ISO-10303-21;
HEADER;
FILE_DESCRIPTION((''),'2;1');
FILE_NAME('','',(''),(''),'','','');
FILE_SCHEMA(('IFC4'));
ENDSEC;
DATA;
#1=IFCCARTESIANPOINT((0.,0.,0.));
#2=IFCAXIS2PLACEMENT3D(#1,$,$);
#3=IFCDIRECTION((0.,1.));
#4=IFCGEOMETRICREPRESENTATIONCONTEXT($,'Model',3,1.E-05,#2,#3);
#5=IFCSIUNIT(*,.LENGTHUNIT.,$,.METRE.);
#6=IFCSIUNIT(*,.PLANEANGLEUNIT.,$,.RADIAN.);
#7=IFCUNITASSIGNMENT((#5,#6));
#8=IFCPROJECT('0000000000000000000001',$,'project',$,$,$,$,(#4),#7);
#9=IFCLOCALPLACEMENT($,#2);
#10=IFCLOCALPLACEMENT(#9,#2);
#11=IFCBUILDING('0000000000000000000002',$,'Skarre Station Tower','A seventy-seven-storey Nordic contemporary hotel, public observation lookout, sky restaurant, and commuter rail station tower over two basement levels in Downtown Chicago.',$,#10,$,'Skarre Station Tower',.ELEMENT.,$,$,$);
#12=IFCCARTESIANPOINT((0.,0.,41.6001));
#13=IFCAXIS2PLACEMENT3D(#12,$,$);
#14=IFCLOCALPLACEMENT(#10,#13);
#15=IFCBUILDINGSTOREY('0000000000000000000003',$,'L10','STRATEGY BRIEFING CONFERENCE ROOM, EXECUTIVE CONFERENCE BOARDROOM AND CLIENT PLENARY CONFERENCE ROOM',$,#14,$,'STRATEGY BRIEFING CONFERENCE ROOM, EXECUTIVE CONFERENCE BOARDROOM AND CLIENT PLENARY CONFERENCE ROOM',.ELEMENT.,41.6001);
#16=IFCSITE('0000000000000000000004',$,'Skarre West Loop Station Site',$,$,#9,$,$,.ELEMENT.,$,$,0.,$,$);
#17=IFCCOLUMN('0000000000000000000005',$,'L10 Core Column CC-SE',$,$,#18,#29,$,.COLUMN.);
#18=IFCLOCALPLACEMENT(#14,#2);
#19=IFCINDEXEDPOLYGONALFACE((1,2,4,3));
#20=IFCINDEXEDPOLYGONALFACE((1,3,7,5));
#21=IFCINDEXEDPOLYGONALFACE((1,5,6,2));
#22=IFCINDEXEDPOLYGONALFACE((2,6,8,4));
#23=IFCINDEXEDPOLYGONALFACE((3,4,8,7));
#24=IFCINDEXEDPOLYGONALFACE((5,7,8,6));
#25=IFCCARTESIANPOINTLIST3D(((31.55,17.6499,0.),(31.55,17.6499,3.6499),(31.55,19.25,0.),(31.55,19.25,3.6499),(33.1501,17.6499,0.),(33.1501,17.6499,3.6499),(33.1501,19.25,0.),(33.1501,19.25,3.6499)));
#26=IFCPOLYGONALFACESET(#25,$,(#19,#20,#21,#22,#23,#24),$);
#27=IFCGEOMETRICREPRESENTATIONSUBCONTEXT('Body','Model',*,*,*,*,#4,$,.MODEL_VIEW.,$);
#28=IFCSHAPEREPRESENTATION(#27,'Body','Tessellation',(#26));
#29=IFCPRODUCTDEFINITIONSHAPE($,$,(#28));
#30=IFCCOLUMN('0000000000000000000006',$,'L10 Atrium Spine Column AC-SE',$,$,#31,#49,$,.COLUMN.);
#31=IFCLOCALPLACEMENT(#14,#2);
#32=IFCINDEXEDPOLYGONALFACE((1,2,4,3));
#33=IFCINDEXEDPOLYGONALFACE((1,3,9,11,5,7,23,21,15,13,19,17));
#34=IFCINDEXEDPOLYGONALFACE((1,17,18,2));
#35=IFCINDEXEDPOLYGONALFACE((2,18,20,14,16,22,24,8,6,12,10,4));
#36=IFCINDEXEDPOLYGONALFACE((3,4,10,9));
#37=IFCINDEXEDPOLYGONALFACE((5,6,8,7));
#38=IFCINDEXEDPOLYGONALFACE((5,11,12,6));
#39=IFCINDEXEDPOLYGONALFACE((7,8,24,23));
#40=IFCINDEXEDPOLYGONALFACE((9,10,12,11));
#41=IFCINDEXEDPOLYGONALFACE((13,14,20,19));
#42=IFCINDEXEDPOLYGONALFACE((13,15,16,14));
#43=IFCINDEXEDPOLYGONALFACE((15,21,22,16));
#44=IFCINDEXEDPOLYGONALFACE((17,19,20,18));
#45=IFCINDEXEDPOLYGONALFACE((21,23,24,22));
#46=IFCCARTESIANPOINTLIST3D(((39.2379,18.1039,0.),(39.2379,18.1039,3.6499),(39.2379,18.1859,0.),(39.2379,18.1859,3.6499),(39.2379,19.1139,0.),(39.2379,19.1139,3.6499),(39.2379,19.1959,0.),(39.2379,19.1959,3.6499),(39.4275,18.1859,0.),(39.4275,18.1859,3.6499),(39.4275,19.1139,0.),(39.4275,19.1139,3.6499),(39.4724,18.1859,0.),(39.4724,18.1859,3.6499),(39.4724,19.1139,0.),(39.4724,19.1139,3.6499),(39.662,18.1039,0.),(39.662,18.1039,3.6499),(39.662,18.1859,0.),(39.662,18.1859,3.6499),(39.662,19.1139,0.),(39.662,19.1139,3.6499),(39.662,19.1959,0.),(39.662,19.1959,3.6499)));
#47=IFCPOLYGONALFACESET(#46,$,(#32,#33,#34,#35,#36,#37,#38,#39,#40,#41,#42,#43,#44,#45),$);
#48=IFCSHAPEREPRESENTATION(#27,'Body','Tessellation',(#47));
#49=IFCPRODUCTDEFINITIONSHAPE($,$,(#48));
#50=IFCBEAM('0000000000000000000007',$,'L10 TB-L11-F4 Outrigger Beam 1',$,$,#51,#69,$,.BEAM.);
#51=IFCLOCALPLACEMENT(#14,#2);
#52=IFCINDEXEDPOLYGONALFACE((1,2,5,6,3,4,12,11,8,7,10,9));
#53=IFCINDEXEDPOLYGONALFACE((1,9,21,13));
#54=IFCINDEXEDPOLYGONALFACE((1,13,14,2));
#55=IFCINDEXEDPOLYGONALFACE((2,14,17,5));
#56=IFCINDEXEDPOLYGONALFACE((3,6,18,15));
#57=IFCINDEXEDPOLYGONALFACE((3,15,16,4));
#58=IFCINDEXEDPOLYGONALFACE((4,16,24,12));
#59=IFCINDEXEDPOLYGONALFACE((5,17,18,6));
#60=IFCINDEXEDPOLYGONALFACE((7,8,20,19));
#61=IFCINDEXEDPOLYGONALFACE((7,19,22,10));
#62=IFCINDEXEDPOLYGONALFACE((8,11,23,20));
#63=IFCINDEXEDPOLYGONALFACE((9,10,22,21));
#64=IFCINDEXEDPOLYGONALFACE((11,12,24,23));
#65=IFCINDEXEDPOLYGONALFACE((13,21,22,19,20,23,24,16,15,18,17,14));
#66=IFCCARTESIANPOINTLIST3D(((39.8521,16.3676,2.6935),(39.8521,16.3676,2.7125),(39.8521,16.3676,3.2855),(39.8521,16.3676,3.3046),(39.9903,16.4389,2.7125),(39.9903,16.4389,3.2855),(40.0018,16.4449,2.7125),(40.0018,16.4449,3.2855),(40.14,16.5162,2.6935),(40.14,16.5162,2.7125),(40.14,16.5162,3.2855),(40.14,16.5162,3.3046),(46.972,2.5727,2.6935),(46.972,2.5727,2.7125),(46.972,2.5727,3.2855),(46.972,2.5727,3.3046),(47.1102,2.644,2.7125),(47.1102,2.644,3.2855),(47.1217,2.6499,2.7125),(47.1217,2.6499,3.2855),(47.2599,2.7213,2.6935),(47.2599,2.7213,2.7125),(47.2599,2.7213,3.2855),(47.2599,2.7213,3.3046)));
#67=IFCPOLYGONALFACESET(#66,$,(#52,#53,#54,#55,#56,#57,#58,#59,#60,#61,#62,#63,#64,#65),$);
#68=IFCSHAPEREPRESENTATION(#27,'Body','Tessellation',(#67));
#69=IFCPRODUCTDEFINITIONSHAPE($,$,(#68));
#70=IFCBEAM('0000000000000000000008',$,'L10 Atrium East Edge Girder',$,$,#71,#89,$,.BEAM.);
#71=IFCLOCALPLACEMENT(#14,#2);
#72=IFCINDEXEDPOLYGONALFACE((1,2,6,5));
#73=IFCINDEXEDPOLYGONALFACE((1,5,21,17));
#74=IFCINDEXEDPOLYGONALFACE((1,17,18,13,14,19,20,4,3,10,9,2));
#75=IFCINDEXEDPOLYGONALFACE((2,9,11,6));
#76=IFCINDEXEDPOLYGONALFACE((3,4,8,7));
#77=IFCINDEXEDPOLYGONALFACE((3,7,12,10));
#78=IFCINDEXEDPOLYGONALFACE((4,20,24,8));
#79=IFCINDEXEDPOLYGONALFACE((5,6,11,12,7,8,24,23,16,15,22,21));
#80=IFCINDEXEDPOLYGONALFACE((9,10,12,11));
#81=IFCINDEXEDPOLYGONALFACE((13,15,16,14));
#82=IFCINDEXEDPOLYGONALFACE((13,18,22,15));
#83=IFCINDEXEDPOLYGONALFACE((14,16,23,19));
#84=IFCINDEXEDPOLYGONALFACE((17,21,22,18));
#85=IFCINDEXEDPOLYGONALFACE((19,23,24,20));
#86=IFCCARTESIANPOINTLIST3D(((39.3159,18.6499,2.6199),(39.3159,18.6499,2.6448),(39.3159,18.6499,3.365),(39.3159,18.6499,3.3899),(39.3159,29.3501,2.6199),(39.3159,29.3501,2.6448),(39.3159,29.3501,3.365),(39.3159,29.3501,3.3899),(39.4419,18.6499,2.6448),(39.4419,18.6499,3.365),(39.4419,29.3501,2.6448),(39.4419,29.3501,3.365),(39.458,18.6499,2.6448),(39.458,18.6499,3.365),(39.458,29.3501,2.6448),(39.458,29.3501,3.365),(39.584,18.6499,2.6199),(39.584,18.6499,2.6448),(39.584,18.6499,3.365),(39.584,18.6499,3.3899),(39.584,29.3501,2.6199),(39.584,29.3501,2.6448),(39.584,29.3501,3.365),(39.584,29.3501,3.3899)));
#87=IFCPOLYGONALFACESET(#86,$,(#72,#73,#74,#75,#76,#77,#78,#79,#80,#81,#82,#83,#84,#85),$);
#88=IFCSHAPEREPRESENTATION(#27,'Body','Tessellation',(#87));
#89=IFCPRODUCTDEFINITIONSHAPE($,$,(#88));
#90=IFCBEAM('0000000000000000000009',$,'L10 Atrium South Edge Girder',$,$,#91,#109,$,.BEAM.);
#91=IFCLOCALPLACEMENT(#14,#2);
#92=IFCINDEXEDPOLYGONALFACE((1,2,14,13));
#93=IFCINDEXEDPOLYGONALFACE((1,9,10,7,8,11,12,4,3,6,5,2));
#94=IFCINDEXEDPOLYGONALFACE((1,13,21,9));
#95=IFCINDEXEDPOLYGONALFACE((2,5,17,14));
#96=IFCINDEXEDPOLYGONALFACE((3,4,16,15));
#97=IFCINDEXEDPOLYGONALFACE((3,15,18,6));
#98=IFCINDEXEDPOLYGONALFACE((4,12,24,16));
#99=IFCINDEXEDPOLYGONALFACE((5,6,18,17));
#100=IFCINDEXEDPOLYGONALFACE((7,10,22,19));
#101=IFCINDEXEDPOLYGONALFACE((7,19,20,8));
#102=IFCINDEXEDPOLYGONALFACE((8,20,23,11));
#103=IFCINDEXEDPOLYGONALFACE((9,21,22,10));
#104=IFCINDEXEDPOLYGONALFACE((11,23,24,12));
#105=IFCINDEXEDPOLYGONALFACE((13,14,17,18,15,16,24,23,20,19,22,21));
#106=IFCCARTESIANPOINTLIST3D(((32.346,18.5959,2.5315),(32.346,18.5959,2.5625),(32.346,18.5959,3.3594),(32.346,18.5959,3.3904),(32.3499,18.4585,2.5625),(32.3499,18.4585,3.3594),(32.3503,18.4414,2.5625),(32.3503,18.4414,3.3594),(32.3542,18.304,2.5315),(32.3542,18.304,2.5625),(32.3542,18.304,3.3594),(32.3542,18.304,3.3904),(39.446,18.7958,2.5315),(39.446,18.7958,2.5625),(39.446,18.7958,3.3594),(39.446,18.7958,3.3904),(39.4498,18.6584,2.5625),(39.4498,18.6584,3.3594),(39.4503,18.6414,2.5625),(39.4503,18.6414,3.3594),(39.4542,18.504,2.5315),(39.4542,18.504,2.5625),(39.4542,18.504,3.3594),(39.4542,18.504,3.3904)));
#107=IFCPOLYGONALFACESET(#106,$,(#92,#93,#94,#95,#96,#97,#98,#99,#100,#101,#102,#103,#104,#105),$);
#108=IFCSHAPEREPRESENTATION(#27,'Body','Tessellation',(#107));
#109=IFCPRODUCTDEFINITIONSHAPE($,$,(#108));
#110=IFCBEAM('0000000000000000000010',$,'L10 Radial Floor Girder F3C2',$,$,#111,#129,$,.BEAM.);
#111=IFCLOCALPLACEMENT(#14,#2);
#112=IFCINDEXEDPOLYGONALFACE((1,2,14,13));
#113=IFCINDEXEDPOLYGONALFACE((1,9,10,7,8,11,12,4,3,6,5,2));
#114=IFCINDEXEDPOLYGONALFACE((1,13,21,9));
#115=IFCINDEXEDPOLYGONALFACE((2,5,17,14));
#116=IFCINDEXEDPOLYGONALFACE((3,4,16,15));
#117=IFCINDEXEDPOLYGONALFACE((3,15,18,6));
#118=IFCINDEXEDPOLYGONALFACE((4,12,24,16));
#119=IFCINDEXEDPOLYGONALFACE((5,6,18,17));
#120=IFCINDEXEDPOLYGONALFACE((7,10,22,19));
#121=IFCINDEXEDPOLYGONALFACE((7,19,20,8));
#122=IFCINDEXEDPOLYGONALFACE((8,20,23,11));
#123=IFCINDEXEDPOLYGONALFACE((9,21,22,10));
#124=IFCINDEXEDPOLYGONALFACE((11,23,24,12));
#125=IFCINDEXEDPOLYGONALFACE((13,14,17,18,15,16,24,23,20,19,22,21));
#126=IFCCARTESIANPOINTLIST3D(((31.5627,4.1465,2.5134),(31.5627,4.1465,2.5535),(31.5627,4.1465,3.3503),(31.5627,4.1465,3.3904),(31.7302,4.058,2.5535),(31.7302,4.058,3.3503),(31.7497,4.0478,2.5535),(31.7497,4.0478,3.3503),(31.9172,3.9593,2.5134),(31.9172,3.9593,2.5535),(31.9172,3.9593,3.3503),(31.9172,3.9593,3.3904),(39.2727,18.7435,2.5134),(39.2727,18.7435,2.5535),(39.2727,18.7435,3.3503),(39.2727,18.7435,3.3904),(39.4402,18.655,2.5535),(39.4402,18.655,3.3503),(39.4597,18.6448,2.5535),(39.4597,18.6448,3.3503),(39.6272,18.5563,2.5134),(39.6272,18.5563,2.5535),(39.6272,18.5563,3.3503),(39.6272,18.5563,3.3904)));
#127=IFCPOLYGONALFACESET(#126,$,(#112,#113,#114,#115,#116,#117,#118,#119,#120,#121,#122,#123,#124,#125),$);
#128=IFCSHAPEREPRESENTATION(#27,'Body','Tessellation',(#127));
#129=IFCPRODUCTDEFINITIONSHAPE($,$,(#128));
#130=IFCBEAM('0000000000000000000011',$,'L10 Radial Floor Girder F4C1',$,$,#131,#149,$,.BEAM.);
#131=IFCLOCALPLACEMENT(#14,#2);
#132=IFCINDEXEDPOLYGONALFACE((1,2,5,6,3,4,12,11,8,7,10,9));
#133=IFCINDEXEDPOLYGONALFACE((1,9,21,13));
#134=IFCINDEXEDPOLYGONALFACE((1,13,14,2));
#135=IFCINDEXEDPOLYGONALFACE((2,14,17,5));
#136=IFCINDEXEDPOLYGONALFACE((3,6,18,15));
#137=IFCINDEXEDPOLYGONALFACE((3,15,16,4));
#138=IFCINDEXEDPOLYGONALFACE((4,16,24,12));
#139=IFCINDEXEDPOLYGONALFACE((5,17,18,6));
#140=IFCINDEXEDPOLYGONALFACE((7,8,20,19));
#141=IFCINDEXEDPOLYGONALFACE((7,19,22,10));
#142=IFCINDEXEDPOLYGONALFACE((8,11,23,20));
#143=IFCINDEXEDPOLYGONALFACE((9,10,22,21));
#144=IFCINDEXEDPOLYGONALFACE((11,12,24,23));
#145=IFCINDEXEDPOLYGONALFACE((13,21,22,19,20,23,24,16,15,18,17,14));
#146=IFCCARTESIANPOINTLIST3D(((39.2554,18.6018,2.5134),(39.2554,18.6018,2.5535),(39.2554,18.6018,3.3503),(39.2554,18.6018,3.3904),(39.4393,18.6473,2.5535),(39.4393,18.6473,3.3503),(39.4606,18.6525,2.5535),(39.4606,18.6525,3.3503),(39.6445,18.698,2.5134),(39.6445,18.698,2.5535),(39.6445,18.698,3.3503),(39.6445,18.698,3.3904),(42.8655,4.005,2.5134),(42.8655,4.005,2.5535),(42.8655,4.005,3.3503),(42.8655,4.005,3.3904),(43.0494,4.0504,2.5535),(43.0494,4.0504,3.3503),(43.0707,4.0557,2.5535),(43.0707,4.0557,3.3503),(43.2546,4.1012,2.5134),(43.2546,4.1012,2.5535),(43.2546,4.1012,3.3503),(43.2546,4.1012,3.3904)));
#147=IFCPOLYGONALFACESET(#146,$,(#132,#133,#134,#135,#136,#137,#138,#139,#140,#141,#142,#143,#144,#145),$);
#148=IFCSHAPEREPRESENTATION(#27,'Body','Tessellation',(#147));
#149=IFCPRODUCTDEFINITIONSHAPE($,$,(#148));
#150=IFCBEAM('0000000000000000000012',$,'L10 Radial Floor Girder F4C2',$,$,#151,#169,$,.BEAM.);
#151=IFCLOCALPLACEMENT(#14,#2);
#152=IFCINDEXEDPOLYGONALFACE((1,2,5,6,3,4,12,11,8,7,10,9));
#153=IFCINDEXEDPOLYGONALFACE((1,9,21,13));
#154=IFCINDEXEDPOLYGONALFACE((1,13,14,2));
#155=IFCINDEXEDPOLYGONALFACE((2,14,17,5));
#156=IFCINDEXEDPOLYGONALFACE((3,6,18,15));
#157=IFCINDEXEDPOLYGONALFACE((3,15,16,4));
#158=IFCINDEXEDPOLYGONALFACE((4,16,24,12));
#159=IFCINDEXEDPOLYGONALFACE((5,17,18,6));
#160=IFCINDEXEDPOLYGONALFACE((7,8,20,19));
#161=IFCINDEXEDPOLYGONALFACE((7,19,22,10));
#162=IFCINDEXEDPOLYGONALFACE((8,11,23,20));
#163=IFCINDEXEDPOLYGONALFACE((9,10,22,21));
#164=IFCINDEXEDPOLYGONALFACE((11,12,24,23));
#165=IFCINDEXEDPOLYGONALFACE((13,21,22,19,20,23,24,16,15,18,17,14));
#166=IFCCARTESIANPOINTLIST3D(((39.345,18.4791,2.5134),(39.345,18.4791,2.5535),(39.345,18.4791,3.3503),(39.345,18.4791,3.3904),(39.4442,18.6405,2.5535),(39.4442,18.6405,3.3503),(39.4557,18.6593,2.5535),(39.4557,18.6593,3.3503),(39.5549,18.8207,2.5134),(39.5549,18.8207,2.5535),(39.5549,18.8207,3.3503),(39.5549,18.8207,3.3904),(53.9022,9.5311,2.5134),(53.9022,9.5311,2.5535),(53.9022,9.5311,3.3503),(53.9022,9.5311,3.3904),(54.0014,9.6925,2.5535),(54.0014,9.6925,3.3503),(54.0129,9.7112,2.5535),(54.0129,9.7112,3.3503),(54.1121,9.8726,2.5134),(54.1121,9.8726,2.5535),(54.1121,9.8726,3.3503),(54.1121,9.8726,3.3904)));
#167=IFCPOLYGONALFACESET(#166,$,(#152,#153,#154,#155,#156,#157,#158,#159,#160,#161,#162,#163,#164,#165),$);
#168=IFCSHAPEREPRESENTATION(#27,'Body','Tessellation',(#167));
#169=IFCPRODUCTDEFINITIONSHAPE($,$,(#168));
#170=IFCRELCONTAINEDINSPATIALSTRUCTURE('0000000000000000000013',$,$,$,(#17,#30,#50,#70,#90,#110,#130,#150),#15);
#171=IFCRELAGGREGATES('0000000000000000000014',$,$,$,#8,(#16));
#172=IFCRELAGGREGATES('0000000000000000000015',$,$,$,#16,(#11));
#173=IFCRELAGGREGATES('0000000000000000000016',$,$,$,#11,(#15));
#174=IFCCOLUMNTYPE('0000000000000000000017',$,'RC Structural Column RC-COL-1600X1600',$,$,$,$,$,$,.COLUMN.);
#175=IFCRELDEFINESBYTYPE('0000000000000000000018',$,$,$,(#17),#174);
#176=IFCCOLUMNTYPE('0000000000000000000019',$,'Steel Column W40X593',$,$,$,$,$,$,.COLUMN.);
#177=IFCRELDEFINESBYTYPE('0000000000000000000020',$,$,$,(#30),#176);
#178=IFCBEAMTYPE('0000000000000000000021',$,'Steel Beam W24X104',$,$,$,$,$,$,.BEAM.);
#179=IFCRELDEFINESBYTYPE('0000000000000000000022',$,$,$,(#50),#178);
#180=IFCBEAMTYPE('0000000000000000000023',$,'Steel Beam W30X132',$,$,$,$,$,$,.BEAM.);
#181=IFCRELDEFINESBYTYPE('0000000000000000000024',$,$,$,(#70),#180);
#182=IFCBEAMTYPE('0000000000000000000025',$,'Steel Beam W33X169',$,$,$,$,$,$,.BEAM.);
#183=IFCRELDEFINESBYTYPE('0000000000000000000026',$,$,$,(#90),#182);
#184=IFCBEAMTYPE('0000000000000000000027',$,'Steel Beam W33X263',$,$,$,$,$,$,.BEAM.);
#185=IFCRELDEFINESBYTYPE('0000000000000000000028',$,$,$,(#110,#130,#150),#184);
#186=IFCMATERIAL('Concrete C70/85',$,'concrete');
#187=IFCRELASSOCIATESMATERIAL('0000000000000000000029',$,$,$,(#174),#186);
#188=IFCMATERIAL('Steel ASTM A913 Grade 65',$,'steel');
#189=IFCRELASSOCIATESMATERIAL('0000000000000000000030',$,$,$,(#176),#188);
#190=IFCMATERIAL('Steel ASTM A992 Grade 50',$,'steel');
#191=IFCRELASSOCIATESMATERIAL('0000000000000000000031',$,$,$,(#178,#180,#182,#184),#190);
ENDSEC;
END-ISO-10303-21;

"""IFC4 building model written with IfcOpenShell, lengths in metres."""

from ifc_helpers import new_model, si_unit, direction, frame, origin, origin_2d, place, context, subcontext, project, spatial, rectangle, i_section, extrude, material, material_profile, profile_set, type_object, element, save


model = new_model("IFC4")

# Units and contexts
model_context = context("Model", 3, precision=1e-05, world=origin(), true_north=direction((0.0, 1.0)))
body_context = subcontext(model_context, "Body", "Model", "MODEL_VIEW")
ifc_project = project(units=[si_unit("LENGTHUNIT", "METRE"), si_unit("PLANEANGLEUNIT", "RADIAN")], contexts=[model_context])

# Site, building, storey
site_placement = place(None, origin())
site = spatial("IfcSite", under=ifc_project, at=site_placement, Name="Skarre West Loop Station Site", CompositionType="ELEMENT", RefElevation=0.0)
building_placement = place(site_placement, origin())
building = spatial("IfcBuilding", under=site, at=building_placement, Name="Skarre Station Tower", Description="A seventy-seven-storey Nordic contemporary hotel, public observation lookout, sky restaurant, and commuter rail station tower over two basement levels in Downtown Chicago.", LongName="Skarre Station Tower", CompositionType="ELEMENT")
storey_placement = place(building_placement, frame((0.0, 0.0, 41.6001)))
storey = spatial("IfcBuildingStorey", under=building, at=storey_placement, Name="L10", Description="STRATEGY BRIEFING CONFERENCE ROOM, EXECUTIVE CONFERENCE BOARDROOM AND CLIENT PLENARY CONFERENCE ROOM", LongName="STRATEGY BRIEFING CONFERENCE ROOM, EXECUTIVE CONFERENCE BOARDROOM AND CLIENT PLENARY CONFERENCE ROOM", CompositionType="ELEMENT", Elevation=41.6001)

# Columns
ifc_material_1 = material(Name="Concrete C70/85", Category="concrete")
ifc_material_profile_1 = material_profile(ifc_material_1, rectangle(XDim=1.6001, YDim=1.6001, at=origin_2d()), Name="Concrete C70/85")
ifc_profile_set_1 = profile_set([ifc_material_profile_1], Name="Concrete C70/85")
column_type_1 = type_object("IfcColumnType", Name="RC Structural Column RC-COL-1600X1600", PredefinedType="COLUMN", material=ifc_profile_set_1)
column_1_placement = place(storey_placement, frame((32.3501, 18.45, 0.0), z_axis=(0.0, 0.0, 1.0), x_axis=(1.0, 0.0, 0.0)))
element("IfcColumn", 1, at=column_1_placement, inside=storey, type_object=column_type_1, Name="L10 Core Column CC-SE", PredefinedType="COLUMN", context=body_context, shape_type="SweptSolid", body=[
    extrude(rectangle(XDim=1.6001, YDim=1.6001, at=origin_2d()), origin(), (0.0, 0.0, 1.0), 3.6499),
])
ifc_material_2 = material(Name="Steel ASTM A913 Grade 65", Category="steel")
ifc_material_profile_2 = material_profile(ifc_material_2, i_section(OverallWidth=0.4241, OverallDepth=1.092, WebThickness=0.0449, FlangeThickness=0.082, at=origin_2d()), Name="Steel ASTM A913 Grade 65")
ifc_profile_set_2 = profile_set([ifc_material_profile_2], Name="Steel ASTM A913 Grade 65")
column_type_2 = type_object("IfcColumnType", Name="Steel Column W40X593", PredefinedType="COLUMN", material=ifc_profile_set_2)
column_2_placement = place(storey_placement, frame((39.45, 18.6499, 0.0), z_axis=(0.0, 0.0, 1.0), x_axis=(1.0, 0.0, 0.0)))
element("IfcColumn", 2, at=column_2_placement, inside=storey, type_object=column_type_2, Name="L10 Atrium Spine Column AC-SE", PredefinedType="COLUMN", context=body_context, shape_type="SweptSolid", body=[
    extrude(i_section(OverallWidth=0.4241, OverallDepth=1.092, WebThickness=0.0449, FlangeThickness=0.082, at=origin_2d()), origin(), (0.0, 0.0, 1.0), 3.6499),
])

# Beams
ifc_material_3 = material(Name="Steel ASTM A992 Grade 50", Category="steel")
ifc_material_profile_3 = material_profile(ifc_material_3, i_section(OverallWidth=0.324, OverallDepth=0.6111, WebThickness=0.0129, FlangeThickness=0.019, at=origin_2d()), Name="Steel ASTM A992 Grade 50")
ifc_profile_set_3 = profile_set([ifc_material_profile_3], Name="Steel ASTM A992 Grade 50")
beam_type_1 = type_object("IfcBeamType", Name="Steel Beam W24X104", PredefinedType="BEAM", material=ifc_profile_set_3)
beam_1_placement = place(storey_placement, frame((39.9961, 16.4419, 2.999), z_axis=(0.458639, -0.888623, 0.0), x_axis=(0.888623, 0.458639, 0.0)))
element("IfcBeam", 3, at=beam_1_placement, inside=storey, type_object=beam_type_1, Name="L10 TB-L11-F4 Outrigger Beam 1", PredefinedType="BEAM", context=body_context, shape_type="SweptSolid", body=[
    extrude(i_section(OverallWidth=0.324, OverallDepth=0.6111, WebThickness=0.0129, FlangeThickness=0.019, at=origin_2d()), origin(), (0.0, 0.0, 1.0), 15.5239),
])
ifc_material_profile_4 = material_profile(ifc_material_3, i_section(OverallWidth=0.2681, OverallDepth=0.77, WebThickness=0.0161, FlangeThickness=0.0249, at=origin_2d()), Name="Steel ASTM A992 Grade 50")
ifc_profile_set_4 = profile_set([ifc_material_profile_4], Name="Steel ASTM A992 Grade 50")
beam_type_2 = type_object("IfcBeamType", Name="Steel Beam W30X132", PredefinedType="BEAM", material=ifc_profile_set_4)
beam_2_placement = place(storey_placement, frame((39.45, 18.6499, 3.0049), z_axis=(0.0, 1.0, 0.0), x_axis=(-1.0, 0.0, 0.0)))
element("IfcBeam", 4, at=beam_2_placement, inside=storey, type_object=beam_type_2, Name="L10 Atrium East Edge Girder", PredefinedType="BEAM", context=body_context, shape_type="SweptSolid", body=[
    extrude(i_section(OverallWidth=0.2681, OverallDepth=0.77, WebThickness=0.0161, FlangeThickness=0.0249, at=origin_2d()), origin(), (0.0, 0.0, 1.0), 10.7002),
])
ifc_material_profile_5 = material_profile(ifc_material_3, i_section(OverallWidth=0.292, OverallDepth=0.8589, WebThickness=0.0171, FlangeThickness=0.031, at=origin_2d()), Name="Steel ASTM A992 Grade 50")
ifc_profile_set_5 = profile_set([ifc_material_profile_5], Name="Steel ASTM A992 Grade 50")
beam_type_3 = type_object("IfcBeamType", Name="Steel Beam W33X169", PredefinedType="BEAM", material=ifc_profile_set_5)
beam_3_placement = place(storey_placement, frame((32.3501, 18.45, 2.9609), z_axis=(0.999604, 0.028152, 0.0), x_axis=(-0.028152, 0.999604, 0.0)))
element("IfcBeam", 5, at=beam_3_placement, inside=storey, type_object=beam_type_3, Name="L10 Atrium South Edge Girder", PredefinedType="BEAM", context=body_context, shape_type="SweptSolid", body=[
    extrude(i_section(OverallWidth=0.292, OverallDepth=0.8589, WebThickness=0.0171, FlangeThickness=0.031, at=origin_2d()), origin(), (0.0, 0.0, 1.0), 7.1028),
])
ifc_material_profile_6 = material_profile(ifc_material_3, i_section(OverallWidth=0.4009, OverallDepth=0.877, WebThickness=0.022, FlangeThickness=0.04, at=origin_2d()), Name="Steel ASTM A992 Grade 50")
ifc_profile_set_6 = profile_set([ifc_material_profile_6], Name="Steel ASTM A992 Grade 50")
beam_type_4 = type_object("IfcBeamType", Name="Steel Beam W33X263", PredefinedType="BEAM", material=ifc_profile_set_6)
beam_4_placement = place(storey_placement, frame((39.45, 18.6499, 2.9519), z_axis=(-0.467044, -0.884234, 0.0), x_axis=(0.884234, -0.467044, 0.0)))
element("IfcBeam", 6, at=beam_4_placement, inside=storey, type_object=beam_type_4, Name="L10 Radial Floor Girder F3C2", PredefinedType="BEAM", context=body_context, shape_type="SweptSolid", body=[
    extrude(i_section(OverallWidth=0.4009, OverallDepth=0.877, WebThickness=0.022, FlangeThickness=0.04, at=origin_2d()), origin(), (0.0, 0.0, 1.0), 16.5081),
])
beam_5_placement = place(storey_placement, frame((39.45, 18.6499, 2.9519), z_axis=(0.240086, -0.970752, 0.0), x_axis=(0.970752, 0.240086, 0.0)))
element("IfcBeam", 7, at=beam_5_placement, inside=storey, type_object=beam_type_4, Name="L10 Radial Floor Girder F4C1", PredefinedType="BEAM", context=body_context, shape_type="SweptSolid", body=[
    extrude(i_section(OverallWidth=0.4009, OverallDepth=0.877, WebThickness=0.022, FlangeThickness=0.04, at=origin_2d()), origin(), (0.0, 0.0, 1.0), 15.0366),
])
beam_6_placement = place(storey_placement, frame((39.45, 18.6499, 2.9519), z_axis=(0.851926, -0.523663, 0.0), x_axis=(0.523663, 0.851926, 0.0)))
element("IfcBeam", 8, at=beam_6_placement, inside=storey, type_object=beam_type_4, Name="L10 Radial Floor Girder F4C2", PredefinedType="BEAM", context=body_context, shape_type="SweptSolid", body=[
    extrude(i_section(OverallWidth=0.4009, OverallDepth=0.877, WebThickness=0.022, FlangeThickness=0.04, at=origin_2d()), origin(), (0.0, 0.0, 1.0), 17.0874),
])

save(model, "model.ifc")
